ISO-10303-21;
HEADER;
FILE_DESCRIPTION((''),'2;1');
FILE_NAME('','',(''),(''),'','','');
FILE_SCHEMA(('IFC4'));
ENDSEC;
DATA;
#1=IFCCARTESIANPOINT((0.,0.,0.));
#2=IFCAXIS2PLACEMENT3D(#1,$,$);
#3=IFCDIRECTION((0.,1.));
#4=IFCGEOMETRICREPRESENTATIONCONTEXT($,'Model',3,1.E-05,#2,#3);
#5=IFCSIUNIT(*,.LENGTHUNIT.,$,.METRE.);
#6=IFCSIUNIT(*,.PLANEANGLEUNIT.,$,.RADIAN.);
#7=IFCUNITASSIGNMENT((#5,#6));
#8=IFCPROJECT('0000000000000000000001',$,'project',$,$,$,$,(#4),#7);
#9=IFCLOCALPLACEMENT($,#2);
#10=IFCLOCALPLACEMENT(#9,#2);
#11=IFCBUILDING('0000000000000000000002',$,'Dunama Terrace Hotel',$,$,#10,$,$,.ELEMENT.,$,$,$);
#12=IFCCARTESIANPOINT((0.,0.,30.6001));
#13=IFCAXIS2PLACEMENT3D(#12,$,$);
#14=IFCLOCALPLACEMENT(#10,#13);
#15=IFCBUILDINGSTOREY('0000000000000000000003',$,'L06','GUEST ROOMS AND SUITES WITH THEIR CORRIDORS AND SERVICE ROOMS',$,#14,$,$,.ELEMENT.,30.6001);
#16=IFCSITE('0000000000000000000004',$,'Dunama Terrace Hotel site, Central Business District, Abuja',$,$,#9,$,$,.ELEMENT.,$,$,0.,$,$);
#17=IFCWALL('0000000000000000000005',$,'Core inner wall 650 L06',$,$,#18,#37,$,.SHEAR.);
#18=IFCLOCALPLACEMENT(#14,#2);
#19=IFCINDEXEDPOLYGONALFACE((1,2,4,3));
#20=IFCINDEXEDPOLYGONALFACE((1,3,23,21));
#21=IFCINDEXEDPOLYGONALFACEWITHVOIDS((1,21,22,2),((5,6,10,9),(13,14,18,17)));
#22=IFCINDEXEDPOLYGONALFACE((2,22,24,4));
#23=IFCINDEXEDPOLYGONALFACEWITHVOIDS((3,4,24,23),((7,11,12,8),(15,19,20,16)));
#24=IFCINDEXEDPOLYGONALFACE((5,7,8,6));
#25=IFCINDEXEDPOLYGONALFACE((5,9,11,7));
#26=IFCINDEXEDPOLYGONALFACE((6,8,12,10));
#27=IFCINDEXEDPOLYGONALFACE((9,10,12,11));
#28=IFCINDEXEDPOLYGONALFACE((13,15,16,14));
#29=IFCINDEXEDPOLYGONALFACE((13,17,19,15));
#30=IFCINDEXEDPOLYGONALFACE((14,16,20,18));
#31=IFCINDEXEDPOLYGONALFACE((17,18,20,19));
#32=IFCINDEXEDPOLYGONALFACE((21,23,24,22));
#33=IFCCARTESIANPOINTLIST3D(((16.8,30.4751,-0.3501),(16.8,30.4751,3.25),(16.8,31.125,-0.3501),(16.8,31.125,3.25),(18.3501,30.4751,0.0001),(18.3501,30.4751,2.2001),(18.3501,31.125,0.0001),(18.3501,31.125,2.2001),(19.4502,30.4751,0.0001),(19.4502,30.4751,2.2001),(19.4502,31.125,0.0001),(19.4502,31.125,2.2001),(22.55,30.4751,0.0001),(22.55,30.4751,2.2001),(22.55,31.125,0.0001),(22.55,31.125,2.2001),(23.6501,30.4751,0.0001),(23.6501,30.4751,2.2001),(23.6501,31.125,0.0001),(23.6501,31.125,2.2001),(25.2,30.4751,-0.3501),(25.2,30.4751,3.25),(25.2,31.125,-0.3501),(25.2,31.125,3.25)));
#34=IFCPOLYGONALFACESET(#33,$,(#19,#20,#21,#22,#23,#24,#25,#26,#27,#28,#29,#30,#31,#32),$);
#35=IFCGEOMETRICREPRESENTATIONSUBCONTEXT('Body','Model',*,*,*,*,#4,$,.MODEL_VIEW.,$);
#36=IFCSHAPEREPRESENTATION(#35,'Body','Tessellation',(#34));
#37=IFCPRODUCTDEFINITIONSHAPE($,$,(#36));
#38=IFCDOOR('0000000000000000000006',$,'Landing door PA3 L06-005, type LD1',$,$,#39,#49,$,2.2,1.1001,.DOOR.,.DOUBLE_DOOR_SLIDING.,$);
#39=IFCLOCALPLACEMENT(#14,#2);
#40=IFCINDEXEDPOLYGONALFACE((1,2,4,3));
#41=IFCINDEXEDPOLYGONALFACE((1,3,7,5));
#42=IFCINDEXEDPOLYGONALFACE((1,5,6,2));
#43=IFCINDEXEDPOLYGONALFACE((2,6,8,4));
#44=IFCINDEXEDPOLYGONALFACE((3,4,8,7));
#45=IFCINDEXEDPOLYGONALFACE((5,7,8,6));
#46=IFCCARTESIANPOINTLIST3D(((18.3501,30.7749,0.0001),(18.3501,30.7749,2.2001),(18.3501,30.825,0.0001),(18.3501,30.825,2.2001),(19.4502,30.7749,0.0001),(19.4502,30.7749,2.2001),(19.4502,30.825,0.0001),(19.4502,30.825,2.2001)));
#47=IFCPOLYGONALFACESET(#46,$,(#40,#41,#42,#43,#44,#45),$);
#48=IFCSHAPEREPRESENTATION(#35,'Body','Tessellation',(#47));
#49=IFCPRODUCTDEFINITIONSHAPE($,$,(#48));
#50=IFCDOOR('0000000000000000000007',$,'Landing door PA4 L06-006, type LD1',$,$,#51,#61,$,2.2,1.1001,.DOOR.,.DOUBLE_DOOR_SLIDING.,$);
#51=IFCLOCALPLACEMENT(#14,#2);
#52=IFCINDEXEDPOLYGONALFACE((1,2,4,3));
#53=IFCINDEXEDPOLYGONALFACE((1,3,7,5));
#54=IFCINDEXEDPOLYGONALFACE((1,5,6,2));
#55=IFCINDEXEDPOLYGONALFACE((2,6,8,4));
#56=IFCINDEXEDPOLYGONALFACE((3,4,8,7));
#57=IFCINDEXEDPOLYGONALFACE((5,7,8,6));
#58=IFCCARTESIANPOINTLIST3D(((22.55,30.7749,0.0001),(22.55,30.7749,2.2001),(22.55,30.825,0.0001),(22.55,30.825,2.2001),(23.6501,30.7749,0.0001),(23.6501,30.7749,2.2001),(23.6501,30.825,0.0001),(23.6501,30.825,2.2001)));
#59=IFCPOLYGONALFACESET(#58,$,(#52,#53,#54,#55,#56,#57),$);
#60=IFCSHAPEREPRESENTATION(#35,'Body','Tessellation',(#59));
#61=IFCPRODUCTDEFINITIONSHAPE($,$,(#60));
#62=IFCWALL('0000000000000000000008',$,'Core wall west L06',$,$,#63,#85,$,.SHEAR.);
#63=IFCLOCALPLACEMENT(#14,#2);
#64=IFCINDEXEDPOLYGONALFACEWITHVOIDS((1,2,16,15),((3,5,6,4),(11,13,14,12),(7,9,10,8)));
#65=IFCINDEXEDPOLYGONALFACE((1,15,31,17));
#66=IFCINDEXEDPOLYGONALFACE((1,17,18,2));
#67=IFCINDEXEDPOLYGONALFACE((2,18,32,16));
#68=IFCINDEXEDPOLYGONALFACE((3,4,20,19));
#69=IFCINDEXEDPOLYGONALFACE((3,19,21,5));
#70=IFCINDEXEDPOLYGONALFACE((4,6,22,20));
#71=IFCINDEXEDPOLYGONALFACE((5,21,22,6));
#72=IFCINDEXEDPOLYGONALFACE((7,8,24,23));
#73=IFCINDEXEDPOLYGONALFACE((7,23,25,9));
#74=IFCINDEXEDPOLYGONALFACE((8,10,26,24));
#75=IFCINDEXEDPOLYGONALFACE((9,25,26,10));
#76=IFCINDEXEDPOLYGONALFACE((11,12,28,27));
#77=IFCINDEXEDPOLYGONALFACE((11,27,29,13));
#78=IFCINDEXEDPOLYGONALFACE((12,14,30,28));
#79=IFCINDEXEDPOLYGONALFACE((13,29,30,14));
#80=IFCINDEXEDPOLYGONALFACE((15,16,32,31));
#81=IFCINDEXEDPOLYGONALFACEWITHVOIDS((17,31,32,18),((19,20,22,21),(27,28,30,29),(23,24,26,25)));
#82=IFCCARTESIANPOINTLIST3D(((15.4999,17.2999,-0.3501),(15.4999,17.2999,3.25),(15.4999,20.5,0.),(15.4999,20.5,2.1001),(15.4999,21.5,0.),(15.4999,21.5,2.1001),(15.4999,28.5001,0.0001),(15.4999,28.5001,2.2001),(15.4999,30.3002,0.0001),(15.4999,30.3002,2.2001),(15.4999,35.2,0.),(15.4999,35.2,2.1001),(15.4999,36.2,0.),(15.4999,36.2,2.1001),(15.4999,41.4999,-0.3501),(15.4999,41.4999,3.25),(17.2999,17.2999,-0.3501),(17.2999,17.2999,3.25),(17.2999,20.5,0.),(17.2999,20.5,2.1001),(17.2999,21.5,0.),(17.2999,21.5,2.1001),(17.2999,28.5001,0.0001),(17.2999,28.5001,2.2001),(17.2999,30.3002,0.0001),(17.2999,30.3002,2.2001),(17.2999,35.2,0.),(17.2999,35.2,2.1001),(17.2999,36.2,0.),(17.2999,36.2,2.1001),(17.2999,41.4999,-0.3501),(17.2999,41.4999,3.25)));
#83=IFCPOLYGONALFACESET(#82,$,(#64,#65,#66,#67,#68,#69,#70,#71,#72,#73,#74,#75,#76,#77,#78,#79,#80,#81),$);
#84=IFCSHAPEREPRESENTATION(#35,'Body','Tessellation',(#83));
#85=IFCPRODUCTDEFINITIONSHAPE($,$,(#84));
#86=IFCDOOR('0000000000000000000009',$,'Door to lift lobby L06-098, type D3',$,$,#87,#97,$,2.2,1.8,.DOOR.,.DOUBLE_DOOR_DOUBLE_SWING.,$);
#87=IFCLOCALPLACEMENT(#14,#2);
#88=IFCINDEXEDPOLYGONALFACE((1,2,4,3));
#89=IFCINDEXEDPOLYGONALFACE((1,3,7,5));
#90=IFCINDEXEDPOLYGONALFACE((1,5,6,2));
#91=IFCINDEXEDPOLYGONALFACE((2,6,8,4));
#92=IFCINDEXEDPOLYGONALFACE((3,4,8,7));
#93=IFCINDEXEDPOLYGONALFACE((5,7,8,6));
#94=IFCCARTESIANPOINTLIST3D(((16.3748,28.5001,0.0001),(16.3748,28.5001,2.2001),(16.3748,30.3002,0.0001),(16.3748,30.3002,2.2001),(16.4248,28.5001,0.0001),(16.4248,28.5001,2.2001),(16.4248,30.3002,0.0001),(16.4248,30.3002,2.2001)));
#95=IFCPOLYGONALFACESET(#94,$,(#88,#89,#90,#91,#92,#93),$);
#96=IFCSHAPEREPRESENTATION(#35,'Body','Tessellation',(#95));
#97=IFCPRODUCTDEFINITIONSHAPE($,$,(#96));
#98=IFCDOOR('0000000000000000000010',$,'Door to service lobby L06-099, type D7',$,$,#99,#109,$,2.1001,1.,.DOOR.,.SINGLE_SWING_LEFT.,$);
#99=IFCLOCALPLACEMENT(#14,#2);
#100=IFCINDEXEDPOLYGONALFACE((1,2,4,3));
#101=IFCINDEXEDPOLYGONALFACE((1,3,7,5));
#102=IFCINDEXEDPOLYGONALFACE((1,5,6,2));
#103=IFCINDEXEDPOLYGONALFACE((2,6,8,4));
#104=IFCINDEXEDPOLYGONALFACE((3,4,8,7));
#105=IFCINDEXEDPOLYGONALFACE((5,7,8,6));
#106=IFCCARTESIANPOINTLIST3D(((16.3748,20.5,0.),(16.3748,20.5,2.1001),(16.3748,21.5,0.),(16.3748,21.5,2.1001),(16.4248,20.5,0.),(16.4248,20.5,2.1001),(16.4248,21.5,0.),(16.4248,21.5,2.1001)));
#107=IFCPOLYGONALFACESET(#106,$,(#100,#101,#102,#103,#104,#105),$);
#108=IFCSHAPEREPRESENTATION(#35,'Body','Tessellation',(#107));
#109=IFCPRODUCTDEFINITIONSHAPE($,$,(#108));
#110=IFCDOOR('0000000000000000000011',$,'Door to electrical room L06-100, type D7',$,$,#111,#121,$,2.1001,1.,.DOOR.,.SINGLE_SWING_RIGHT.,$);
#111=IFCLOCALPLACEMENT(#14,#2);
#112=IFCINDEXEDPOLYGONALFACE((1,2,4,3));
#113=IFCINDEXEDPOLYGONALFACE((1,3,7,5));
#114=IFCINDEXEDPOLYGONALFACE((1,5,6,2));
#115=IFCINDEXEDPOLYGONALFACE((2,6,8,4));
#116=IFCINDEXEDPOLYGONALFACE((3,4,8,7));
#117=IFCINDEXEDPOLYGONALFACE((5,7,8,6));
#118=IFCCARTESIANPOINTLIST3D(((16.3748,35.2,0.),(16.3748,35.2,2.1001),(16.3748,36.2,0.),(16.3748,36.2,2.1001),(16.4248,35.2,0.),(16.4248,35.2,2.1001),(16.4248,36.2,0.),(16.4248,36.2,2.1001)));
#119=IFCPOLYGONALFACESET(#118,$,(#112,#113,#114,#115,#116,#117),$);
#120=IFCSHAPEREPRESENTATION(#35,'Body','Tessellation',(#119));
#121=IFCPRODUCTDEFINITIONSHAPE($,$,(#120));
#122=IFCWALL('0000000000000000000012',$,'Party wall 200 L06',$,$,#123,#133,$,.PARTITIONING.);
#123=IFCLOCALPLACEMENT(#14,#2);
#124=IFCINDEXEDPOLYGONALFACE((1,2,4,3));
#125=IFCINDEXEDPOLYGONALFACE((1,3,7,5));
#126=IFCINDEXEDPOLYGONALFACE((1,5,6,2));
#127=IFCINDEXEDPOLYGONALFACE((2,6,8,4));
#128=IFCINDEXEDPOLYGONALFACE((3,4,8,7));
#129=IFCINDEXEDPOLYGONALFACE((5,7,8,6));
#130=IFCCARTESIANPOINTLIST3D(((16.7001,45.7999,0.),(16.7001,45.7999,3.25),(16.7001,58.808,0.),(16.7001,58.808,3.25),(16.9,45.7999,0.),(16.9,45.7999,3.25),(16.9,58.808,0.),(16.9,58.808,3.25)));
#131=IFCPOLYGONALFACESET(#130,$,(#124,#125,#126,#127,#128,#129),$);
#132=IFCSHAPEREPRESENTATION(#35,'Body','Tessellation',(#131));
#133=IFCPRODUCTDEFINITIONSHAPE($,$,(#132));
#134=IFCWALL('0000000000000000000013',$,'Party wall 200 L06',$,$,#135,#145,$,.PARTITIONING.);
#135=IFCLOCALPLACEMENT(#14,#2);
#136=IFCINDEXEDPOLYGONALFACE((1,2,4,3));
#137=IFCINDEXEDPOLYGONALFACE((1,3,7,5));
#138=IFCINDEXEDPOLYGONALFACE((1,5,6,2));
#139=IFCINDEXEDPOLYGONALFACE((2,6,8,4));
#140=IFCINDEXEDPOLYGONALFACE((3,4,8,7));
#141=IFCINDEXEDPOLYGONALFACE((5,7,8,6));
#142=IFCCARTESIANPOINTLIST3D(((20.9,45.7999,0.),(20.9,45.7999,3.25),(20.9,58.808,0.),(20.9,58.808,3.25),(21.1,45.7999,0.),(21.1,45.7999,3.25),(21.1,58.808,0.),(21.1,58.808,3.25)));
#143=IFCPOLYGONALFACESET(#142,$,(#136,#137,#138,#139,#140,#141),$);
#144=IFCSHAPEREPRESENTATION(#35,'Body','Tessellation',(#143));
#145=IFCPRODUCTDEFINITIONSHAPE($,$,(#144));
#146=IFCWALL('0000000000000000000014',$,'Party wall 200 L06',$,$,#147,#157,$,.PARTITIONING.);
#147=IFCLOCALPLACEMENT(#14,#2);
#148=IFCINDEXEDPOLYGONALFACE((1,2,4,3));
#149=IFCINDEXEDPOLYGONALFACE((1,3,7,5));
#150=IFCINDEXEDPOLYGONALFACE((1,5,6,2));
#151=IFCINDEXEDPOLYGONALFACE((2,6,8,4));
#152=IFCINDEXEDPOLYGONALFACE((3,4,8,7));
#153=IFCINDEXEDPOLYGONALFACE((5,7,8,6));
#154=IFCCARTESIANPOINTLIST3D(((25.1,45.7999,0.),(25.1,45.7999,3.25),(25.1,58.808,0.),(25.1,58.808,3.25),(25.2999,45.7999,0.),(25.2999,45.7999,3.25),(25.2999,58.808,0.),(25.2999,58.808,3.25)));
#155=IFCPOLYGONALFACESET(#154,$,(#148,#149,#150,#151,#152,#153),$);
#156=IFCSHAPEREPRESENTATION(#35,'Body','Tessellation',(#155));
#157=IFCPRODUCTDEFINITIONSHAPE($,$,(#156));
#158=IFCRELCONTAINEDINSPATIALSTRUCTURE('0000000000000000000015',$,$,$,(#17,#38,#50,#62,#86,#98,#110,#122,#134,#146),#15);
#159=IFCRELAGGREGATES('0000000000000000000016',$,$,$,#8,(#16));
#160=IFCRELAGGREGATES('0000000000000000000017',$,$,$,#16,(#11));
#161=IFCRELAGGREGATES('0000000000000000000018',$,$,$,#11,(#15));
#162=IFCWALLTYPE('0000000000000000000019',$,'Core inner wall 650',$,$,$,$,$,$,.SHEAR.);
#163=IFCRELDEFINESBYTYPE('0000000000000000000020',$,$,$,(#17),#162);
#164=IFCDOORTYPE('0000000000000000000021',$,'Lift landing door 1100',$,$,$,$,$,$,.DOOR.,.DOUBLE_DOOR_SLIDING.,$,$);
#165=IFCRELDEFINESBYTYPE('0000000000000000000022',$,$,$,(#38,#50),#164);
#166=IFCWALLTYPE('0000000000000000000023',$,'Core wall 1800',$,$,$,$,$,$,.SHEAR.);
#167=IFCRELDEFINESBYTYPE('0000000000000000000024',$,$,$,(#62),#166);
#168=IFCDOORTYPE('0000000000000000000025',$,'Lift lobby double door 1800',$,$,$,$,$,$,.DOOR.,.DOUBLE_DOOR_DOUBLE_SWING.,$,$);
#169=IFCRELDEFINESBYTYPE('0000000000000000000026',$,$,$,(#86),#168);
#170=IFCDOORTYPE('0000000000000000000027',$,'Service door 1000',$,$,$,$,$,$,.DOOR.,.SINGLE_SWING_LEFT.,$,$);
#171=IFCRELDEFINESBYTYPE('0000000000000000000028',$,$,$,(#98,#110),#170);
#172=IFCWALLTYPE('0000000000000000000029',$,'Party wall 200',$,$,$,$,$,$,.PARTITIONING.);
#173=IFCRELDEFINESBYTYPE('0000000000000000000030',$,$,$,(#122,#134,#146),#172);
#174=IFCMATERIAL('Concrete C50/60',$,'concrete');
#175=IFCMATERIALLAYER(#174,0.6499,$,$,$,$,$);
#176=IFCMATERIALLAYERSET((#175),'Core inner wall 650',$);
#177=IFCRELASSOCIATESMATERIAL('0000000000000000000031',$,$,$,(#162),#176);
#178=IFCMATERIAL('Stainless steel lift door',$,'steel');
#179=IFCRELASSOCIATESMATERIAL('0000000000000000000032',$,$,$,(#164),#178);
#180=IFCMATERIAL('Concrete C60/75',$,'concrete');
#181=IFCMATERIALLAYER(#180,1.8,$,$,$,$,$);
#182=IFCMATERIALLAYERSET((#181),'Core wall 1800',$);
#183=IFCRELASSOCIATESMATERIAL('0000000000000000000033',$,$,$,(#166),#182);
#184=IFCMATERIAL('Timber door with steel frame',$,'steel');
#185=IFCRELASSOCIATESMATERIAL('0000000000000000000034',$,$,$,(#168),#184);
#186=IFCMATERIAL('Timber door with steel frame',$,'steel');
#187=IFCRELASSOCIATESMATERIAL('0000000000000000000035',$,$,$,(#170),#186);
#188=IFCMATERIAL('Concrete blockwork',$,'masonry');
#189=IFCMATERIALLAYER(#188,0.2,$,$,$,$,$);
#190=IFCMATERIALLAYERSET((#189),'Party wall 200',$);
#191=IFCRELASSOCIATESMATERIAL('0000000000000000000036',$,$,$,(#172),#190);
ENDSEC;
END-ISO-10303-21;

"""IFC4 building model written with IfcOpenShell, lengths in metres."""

from ifc_helpers import new_model, si_unit, direction, frame, frame_2d, origin, place, context, subcontext, project, spatial, rectangle, extrude, material, layer, layer_set, type_object, element, fill, save


model = new_model("IFC4")

# Units and contexts
model_context = context("Model", 3, precision=1e-05, world=origin(), true_north=direction((0.0, 1.0)))
body_context = subcontext(model_context, "Body", "Model", "MODEL_VIEW")
ifc_project = project(units=[si_unit("LENGTHUNIT", "METRE"), si_unit("PLANEANGLEUNIT", "RADIAN")], contexts=[model_context])

# Site, building, storey
site_placement = place(None, origin())
site = spatial("IfcSite", under=ifc_project, at=site_placement, Name="Dunama Terrace Hotel site, Central Business District, Abuja", CompositionType="ELEMENT", RefElevation=0.0)
building_placement = place(site_placement, origin())
building = spatial("IfcBuilding", under=site, at=building_placement, Name="Dunama Terrace Hotel", CompositionType="ELEMENT")
storey_placement = place(building_placement, frame((0.0, 0.0, 30.6001)))
storey = spatial("IfcBuildingStorey", under=building, at=storey_placement, Name="L06", Description="GUEST ROOMS AND SUITES WITH THEIR CORRIDORS AND SERVICE ROOMS", CompositionType="ELEMENT", Elevation=30.6001)

# Walls, openings, doors
ifc_material_1 = material(Name="Concrete C50/60", Category="concrete")
ifc_layer_1 = layer(ifc_material_1, 0.6499)
ifc_layer_set_1 = layer_set([ifc_layer_1], Name="Core inner wall 650")
wall_type_1 = type_object("IfcWallType", Name="Core inner wall 650", PredefinedType="SHEAR", material=ifc_layer_set_1)
ifc_material_2 = material(Name="Stainless steel lift door", Category="steel")
door_type_1 = type_object("IfcDoorType", Name="Lift landing door 1100", OperationType="DOUBLE_DOOR_SLIDING", PredefinedType="DOOR", material=ifc_material_2)
wall_1_placement = place(storey_placement, frame((16.8, 30.8, -0.3501), z_axis=(0.0, 0.0, 1.0), x_axis=(1.0, 0.0, 0.0)))
wall_1 = element("IfcWall", 1, at=wall_1_placement, inside=storey, type_object=wall_type_1, Name="Core inner wall 650 L06", PredefinedType="SHEAR", context=body_context, shape_type="SweptSolid", body=[
    extrude(rectangle(XDim=8.3999, YDim=0.6499, at=frame_2d((4.2, 0.0))), origin(), (0.0, 0.0, 1.0), 3.6001),
])
opening_1_placement = place(wall_1_placement, frame((1.55, 0.0, 0.3501)))
opening_1 = element("IfcOpeningElement", 2, at=opening_1_placement, cuts=wall_1, PredefinedType="OPENING", context=body_context, shape_type="SweptSolid", body=[
    extrude(rectangle(XDim=1.1001, YDim=2.2, at=frame_2d((0.55, 1.1001))), frame((0.0, 0.335, 0.0), z_axis=(0.0, -1.0, 0.0), x_axis=(1.0, 0.0, 0.0)), (0.0, 0.0, 1.0), 0.6699),
])
opening_2_placement = place(wall_1_placement, frame((5.75, 0.0, 0.3501)))
opening_2 = element("IfcOpeningElement", 3, at=opening_2_placement, cuts=wall_1, PredefinedType="OPENING", context=body_context, shape_type="SweptSolid", body=[
    extrude(rectangle(XDim=1.1001, YDim=2.2, at=frame_2d((0.55, 1.1001))), frame((0.0, 0.335, 0.0), z_axis=(0.0, -1.0, 0.0), x_axis=(1.0, 0.0, 0.0)), (0.0, 0.0, 1.0), 0.6699),
])
door_1_placement = place(opening_1_placement, origin())
door_1 = element("IfcDoor", 4, at=door_1_placement, inside=storey, type_object=door_type_1, Name="Landing door PA3 L06-005, type LD1", OperationType="DOUBLE_DOOR_SLIDING", OverallHeight=2.2, OverallWidth=1.1001, PredefinedType="DOOR", context=body_context, shape_type="SweptSolid", body=[
    extrude(rectangle(XDim=1.1001, YDim=2.2, at=frame_2d((0.55, 1.1001))), frame((0.0, 0.0249, 0.0), z_axis=(0.0, -1.0, 0.0), x_axis=(1.0, 0.0, 0.0)), (0.0, 0.0, 1.0), 0.05),
])
fill(opening_1, door_1)
door_2_placement = place(opening_2_placement, origin())
door_2 = element("IfcDoor", 5, at=door_2_placement, inside=storey, type_object=door_type_1, Name="Landing door PA4 L06-006, type LD1", OperationType="DOUBLE_DOOR_SLIDING", OverallHeight=2.2, OverallWidth=1.1001, PredefinedType="DOOR", context=body_context, shape_type="SweptSolid", body=[
    extrude(rectangle(XDim=1.1001, YDim=2.2, at=frame_2d((0.55, 1.1001))), frame((0.0, 0.0249, 0.0), z_axis=(0.0, -1.0, 0.0), x_axis=(1.0, 0.0, 0.0)), (0.0, 0.0, 1.0), 0.05),
])
fill(opening_2, door_2)
ifc_material_3 = material(Name="Concrete C60/75", Category="concrete")
ifc_layer_2 = layer(ifc_material_3, 1.8)
ifc_layer_set_2 = layer_set([ifc_layer_2], Name="Core wall 1800")
wall_type_2 = type_object("IfcWallType", Name="Core wall 1800", PredefinedType="SHEAR", material=ifc_layer_set_2)
wall_2_placement = place(storey_placement, frame((16.3999, 41.5, -0.3501), z_axis=(0.0, 0.0, 1.0), x_axis=(0.0, -1.0, 0.0)))
wall_2 = element("IfcWall", 6, at=wall_2_placement, inside=storey, type_object=wall_type_2, Name="Core wall west L06", PredefinedType="SHEAR", context=body_context, shape_type="SweptSolid", body=[
    extrude(rectangle(XDim=24.2, YDim=1.8, at=frame_2d((12.1001, 0.0))), origin(), (0.0, 0.0, 1.0), 3.6001),
])
opening_3_placement = place(wall_2_placement, frame((11.2, 0.0, 0.3501)))
opening_3 = element("IfcOpeningElement", 7, at=opening_3_placement, cuts=wall_2, PredefinedType="OPENING", context=body_context, shape_type="SweptSolid", body=[
    extrude(rectangle(XDim=1.8, YDim=2.2, at=frame_2d((0.8999, 1.1001))), frame((0.0, 0.9099, 0.0), z_axis=(0.0, -1.0, 0.0), x_axis=(1.0, 0.0, 0.0)), (0.0, 0.0, 1.0), 1.8201),
])
opening_4_placement = place(wall_2_placement, frame((20.0, 0.0, 0.3501)))
opening_4 = element("IfcOpeningElement", 8, at=opening_4_placement, cuts=wall_2, PredefinedType="OPENING", context=body_context, shape_type="SweptSolid", body=[
    extrude(rectangle(XDim=1.0, YDim=2.1001, at=frame_2d((0.5, 1.05))), frame((0.0, 0.9099, 0.0), z_axis=(0.0, -1.0, 0.0), x_axis=(1.0, 0.0, 0.0)), (0.0, 0.0, 1.0), 1.8201),
])
opening_5_placement = place(wall_2_placement, frame((5.3, 0.0, 0.3501)))
opening_5 = element("IfcOpeningElement", 9, at=opening_5_placement, cuts=wall_2, PredefinedType="OPENING", context=body_context, shape_type="SweptSolid", body=[
    extrude(rectangle(XDim=1.0, YDim=2.1001, at=frame_2d((0.5, 1.05))), frame((0.0, 0.9099, 0.0), z_axis=(0.0, -1.0, 0.0), x_axis=(1.0, 0.0, 0.0)), (0.0, 0.0, 1.0), 1.8201),
])
ifc_material_4 = material(Name="Timber door with steel frame", Category="steel")
door_type_2 = type_object("IfcDoorType", Name="Lift lobby double door 1800", OperationType="DOUBLE_DOOR_DOUBLE_SWING", PredefinedType="DOOR", material=ifc_material_4)
door_3_placement = place(opening_3_placement, origin())
door_3 = element("IfcDoor", 10, at=door_3_placement, inside=storey, type_object=door_type_2, Name="Door to lift lobby L06-098, type D3", OperationType="DOUBLE_DOOR_DOUBLE_SWING", OverallHeight=2.2, OverallWidth=1.8, PredefinedType="DOOR", context=body_context, shape_type="SweptSolid", body=[
    extrude(rectangle(XDim=1.8, YDim=2.2, at=frame_2d((0.8999, 1.1001))), frame((0.0, 0.0249, 0.0), z_axis=(0.0, -1.0, 0.0), x_axis=(1.0, 0.0, 0.0)), (0.0, 0.0, 1.0), 0.05),
])
fill(opening_3, door_3)
ifc_material_5 = material(Name="Timber door with steel frame", Category="steel")
door_type_3 = type_object("IfcDoorType", Name="Service door 1000", OperationType="SINGLE_SWING_LEFT", PredefinedType="DOOR", material=ifc_material_5)
door_4_placement = place(opening_4_placement, origin())
door_4 = element("IfcDoor", 11, at=door_4_placement, inside=storey, type_object=door_type_3, Name="Door to service lobby L06-099, type D7", OperationType="SINGLE_SWING_LEFT", OverallHeight=2.1001, OverallWidth=1.0, PredefinedType="DOOR", context=body_context, shape_type="SweptSolid", body=[
    extrude(rectangle(XDim=1.0, YDim=2.1001, at=frame_2d((0.5, 1.05))), frame((0.0, 0.0249, 0.0), z_axis=(0.0, -1.0, 0.0), x_axis=(1.0, 0.0, 0.0)), (0.0, 0.0, 1.0), 0.05),
])
fill(opening_4, door_4)
door_5_placement = place(opening_5_placement, origin())
door_5 = element("IfcDoor", 12, at=door_5_placement, inside=storey, type_object=door_type_3, Name="Door to electrical room L06-100, type D7", OperationType="SINGLE_SWING_RIGHT", OverallHeight=2.1001, OverallWidth=1.0, PredefinedType="DOOR", context=body_context, shape_type="SweptSolid", body=[
    extrude(rectangle(XDim=1.0, YDim=2.1001, at=frame_2d((0.5, 1.05))), frame((0.0, 0.0249, 0.0), z_axis=(0.0, -1.0, 0.0), x_axis=(1.0, 0.0, 0.0)), (0.0, 0.0, 1.0), 0.05),
])
fill(opening_5, door_5)

# Walls
ifc_material_6 = material(Name="Concrete blockwork", Category="masonry")
ifc_layer_3 = layer(ifc_material_6, 0.2)
ifc_layer_set_3 = layer_set([ifc_layer_3], Name="Party wall 200")
wall_type_3 = type_object("IfcWallType", Name="Party wall 200", PredefinedType="PARTITIONING", material=ifc_layer_set_3)
for number, where, z_axis, x_axis, name in (
    (13, (16.8, 45.8, 0.0), (0.0, 0.0, 1.0), (0.0, 1.0, 0.0), "Party wall 200 L06"),
    (14, (21.0, 45.8, 0.0), (0.0, 0.0, 1.0), (0.0, 1.0, 0.0), "Party wall 200 L06"),
    (15, (25.2, 45.8, 0.0), (0.0, 0.0, 1.0), (0.0, 1.0, 0.0), "Party wall 200 L06"),
):
    element("IfcWall", number, at=place(storey_placement, frame(where, z_axis=z_axis, x_axis=x_axis)), inside=storey, type_object=wall_type_3, Name=name, PredefinedType="PARTITIONING", context=body_context, shape_type="SweptSolid", body=[
        extrude(rectangle(XDim=13.0081, YDim=0.2, at=frame_2d((6.5039, 0.0))), origin(), (0.0, 0.0, 1.0), 3.25),
    ])

save(model, "model.ifc")
